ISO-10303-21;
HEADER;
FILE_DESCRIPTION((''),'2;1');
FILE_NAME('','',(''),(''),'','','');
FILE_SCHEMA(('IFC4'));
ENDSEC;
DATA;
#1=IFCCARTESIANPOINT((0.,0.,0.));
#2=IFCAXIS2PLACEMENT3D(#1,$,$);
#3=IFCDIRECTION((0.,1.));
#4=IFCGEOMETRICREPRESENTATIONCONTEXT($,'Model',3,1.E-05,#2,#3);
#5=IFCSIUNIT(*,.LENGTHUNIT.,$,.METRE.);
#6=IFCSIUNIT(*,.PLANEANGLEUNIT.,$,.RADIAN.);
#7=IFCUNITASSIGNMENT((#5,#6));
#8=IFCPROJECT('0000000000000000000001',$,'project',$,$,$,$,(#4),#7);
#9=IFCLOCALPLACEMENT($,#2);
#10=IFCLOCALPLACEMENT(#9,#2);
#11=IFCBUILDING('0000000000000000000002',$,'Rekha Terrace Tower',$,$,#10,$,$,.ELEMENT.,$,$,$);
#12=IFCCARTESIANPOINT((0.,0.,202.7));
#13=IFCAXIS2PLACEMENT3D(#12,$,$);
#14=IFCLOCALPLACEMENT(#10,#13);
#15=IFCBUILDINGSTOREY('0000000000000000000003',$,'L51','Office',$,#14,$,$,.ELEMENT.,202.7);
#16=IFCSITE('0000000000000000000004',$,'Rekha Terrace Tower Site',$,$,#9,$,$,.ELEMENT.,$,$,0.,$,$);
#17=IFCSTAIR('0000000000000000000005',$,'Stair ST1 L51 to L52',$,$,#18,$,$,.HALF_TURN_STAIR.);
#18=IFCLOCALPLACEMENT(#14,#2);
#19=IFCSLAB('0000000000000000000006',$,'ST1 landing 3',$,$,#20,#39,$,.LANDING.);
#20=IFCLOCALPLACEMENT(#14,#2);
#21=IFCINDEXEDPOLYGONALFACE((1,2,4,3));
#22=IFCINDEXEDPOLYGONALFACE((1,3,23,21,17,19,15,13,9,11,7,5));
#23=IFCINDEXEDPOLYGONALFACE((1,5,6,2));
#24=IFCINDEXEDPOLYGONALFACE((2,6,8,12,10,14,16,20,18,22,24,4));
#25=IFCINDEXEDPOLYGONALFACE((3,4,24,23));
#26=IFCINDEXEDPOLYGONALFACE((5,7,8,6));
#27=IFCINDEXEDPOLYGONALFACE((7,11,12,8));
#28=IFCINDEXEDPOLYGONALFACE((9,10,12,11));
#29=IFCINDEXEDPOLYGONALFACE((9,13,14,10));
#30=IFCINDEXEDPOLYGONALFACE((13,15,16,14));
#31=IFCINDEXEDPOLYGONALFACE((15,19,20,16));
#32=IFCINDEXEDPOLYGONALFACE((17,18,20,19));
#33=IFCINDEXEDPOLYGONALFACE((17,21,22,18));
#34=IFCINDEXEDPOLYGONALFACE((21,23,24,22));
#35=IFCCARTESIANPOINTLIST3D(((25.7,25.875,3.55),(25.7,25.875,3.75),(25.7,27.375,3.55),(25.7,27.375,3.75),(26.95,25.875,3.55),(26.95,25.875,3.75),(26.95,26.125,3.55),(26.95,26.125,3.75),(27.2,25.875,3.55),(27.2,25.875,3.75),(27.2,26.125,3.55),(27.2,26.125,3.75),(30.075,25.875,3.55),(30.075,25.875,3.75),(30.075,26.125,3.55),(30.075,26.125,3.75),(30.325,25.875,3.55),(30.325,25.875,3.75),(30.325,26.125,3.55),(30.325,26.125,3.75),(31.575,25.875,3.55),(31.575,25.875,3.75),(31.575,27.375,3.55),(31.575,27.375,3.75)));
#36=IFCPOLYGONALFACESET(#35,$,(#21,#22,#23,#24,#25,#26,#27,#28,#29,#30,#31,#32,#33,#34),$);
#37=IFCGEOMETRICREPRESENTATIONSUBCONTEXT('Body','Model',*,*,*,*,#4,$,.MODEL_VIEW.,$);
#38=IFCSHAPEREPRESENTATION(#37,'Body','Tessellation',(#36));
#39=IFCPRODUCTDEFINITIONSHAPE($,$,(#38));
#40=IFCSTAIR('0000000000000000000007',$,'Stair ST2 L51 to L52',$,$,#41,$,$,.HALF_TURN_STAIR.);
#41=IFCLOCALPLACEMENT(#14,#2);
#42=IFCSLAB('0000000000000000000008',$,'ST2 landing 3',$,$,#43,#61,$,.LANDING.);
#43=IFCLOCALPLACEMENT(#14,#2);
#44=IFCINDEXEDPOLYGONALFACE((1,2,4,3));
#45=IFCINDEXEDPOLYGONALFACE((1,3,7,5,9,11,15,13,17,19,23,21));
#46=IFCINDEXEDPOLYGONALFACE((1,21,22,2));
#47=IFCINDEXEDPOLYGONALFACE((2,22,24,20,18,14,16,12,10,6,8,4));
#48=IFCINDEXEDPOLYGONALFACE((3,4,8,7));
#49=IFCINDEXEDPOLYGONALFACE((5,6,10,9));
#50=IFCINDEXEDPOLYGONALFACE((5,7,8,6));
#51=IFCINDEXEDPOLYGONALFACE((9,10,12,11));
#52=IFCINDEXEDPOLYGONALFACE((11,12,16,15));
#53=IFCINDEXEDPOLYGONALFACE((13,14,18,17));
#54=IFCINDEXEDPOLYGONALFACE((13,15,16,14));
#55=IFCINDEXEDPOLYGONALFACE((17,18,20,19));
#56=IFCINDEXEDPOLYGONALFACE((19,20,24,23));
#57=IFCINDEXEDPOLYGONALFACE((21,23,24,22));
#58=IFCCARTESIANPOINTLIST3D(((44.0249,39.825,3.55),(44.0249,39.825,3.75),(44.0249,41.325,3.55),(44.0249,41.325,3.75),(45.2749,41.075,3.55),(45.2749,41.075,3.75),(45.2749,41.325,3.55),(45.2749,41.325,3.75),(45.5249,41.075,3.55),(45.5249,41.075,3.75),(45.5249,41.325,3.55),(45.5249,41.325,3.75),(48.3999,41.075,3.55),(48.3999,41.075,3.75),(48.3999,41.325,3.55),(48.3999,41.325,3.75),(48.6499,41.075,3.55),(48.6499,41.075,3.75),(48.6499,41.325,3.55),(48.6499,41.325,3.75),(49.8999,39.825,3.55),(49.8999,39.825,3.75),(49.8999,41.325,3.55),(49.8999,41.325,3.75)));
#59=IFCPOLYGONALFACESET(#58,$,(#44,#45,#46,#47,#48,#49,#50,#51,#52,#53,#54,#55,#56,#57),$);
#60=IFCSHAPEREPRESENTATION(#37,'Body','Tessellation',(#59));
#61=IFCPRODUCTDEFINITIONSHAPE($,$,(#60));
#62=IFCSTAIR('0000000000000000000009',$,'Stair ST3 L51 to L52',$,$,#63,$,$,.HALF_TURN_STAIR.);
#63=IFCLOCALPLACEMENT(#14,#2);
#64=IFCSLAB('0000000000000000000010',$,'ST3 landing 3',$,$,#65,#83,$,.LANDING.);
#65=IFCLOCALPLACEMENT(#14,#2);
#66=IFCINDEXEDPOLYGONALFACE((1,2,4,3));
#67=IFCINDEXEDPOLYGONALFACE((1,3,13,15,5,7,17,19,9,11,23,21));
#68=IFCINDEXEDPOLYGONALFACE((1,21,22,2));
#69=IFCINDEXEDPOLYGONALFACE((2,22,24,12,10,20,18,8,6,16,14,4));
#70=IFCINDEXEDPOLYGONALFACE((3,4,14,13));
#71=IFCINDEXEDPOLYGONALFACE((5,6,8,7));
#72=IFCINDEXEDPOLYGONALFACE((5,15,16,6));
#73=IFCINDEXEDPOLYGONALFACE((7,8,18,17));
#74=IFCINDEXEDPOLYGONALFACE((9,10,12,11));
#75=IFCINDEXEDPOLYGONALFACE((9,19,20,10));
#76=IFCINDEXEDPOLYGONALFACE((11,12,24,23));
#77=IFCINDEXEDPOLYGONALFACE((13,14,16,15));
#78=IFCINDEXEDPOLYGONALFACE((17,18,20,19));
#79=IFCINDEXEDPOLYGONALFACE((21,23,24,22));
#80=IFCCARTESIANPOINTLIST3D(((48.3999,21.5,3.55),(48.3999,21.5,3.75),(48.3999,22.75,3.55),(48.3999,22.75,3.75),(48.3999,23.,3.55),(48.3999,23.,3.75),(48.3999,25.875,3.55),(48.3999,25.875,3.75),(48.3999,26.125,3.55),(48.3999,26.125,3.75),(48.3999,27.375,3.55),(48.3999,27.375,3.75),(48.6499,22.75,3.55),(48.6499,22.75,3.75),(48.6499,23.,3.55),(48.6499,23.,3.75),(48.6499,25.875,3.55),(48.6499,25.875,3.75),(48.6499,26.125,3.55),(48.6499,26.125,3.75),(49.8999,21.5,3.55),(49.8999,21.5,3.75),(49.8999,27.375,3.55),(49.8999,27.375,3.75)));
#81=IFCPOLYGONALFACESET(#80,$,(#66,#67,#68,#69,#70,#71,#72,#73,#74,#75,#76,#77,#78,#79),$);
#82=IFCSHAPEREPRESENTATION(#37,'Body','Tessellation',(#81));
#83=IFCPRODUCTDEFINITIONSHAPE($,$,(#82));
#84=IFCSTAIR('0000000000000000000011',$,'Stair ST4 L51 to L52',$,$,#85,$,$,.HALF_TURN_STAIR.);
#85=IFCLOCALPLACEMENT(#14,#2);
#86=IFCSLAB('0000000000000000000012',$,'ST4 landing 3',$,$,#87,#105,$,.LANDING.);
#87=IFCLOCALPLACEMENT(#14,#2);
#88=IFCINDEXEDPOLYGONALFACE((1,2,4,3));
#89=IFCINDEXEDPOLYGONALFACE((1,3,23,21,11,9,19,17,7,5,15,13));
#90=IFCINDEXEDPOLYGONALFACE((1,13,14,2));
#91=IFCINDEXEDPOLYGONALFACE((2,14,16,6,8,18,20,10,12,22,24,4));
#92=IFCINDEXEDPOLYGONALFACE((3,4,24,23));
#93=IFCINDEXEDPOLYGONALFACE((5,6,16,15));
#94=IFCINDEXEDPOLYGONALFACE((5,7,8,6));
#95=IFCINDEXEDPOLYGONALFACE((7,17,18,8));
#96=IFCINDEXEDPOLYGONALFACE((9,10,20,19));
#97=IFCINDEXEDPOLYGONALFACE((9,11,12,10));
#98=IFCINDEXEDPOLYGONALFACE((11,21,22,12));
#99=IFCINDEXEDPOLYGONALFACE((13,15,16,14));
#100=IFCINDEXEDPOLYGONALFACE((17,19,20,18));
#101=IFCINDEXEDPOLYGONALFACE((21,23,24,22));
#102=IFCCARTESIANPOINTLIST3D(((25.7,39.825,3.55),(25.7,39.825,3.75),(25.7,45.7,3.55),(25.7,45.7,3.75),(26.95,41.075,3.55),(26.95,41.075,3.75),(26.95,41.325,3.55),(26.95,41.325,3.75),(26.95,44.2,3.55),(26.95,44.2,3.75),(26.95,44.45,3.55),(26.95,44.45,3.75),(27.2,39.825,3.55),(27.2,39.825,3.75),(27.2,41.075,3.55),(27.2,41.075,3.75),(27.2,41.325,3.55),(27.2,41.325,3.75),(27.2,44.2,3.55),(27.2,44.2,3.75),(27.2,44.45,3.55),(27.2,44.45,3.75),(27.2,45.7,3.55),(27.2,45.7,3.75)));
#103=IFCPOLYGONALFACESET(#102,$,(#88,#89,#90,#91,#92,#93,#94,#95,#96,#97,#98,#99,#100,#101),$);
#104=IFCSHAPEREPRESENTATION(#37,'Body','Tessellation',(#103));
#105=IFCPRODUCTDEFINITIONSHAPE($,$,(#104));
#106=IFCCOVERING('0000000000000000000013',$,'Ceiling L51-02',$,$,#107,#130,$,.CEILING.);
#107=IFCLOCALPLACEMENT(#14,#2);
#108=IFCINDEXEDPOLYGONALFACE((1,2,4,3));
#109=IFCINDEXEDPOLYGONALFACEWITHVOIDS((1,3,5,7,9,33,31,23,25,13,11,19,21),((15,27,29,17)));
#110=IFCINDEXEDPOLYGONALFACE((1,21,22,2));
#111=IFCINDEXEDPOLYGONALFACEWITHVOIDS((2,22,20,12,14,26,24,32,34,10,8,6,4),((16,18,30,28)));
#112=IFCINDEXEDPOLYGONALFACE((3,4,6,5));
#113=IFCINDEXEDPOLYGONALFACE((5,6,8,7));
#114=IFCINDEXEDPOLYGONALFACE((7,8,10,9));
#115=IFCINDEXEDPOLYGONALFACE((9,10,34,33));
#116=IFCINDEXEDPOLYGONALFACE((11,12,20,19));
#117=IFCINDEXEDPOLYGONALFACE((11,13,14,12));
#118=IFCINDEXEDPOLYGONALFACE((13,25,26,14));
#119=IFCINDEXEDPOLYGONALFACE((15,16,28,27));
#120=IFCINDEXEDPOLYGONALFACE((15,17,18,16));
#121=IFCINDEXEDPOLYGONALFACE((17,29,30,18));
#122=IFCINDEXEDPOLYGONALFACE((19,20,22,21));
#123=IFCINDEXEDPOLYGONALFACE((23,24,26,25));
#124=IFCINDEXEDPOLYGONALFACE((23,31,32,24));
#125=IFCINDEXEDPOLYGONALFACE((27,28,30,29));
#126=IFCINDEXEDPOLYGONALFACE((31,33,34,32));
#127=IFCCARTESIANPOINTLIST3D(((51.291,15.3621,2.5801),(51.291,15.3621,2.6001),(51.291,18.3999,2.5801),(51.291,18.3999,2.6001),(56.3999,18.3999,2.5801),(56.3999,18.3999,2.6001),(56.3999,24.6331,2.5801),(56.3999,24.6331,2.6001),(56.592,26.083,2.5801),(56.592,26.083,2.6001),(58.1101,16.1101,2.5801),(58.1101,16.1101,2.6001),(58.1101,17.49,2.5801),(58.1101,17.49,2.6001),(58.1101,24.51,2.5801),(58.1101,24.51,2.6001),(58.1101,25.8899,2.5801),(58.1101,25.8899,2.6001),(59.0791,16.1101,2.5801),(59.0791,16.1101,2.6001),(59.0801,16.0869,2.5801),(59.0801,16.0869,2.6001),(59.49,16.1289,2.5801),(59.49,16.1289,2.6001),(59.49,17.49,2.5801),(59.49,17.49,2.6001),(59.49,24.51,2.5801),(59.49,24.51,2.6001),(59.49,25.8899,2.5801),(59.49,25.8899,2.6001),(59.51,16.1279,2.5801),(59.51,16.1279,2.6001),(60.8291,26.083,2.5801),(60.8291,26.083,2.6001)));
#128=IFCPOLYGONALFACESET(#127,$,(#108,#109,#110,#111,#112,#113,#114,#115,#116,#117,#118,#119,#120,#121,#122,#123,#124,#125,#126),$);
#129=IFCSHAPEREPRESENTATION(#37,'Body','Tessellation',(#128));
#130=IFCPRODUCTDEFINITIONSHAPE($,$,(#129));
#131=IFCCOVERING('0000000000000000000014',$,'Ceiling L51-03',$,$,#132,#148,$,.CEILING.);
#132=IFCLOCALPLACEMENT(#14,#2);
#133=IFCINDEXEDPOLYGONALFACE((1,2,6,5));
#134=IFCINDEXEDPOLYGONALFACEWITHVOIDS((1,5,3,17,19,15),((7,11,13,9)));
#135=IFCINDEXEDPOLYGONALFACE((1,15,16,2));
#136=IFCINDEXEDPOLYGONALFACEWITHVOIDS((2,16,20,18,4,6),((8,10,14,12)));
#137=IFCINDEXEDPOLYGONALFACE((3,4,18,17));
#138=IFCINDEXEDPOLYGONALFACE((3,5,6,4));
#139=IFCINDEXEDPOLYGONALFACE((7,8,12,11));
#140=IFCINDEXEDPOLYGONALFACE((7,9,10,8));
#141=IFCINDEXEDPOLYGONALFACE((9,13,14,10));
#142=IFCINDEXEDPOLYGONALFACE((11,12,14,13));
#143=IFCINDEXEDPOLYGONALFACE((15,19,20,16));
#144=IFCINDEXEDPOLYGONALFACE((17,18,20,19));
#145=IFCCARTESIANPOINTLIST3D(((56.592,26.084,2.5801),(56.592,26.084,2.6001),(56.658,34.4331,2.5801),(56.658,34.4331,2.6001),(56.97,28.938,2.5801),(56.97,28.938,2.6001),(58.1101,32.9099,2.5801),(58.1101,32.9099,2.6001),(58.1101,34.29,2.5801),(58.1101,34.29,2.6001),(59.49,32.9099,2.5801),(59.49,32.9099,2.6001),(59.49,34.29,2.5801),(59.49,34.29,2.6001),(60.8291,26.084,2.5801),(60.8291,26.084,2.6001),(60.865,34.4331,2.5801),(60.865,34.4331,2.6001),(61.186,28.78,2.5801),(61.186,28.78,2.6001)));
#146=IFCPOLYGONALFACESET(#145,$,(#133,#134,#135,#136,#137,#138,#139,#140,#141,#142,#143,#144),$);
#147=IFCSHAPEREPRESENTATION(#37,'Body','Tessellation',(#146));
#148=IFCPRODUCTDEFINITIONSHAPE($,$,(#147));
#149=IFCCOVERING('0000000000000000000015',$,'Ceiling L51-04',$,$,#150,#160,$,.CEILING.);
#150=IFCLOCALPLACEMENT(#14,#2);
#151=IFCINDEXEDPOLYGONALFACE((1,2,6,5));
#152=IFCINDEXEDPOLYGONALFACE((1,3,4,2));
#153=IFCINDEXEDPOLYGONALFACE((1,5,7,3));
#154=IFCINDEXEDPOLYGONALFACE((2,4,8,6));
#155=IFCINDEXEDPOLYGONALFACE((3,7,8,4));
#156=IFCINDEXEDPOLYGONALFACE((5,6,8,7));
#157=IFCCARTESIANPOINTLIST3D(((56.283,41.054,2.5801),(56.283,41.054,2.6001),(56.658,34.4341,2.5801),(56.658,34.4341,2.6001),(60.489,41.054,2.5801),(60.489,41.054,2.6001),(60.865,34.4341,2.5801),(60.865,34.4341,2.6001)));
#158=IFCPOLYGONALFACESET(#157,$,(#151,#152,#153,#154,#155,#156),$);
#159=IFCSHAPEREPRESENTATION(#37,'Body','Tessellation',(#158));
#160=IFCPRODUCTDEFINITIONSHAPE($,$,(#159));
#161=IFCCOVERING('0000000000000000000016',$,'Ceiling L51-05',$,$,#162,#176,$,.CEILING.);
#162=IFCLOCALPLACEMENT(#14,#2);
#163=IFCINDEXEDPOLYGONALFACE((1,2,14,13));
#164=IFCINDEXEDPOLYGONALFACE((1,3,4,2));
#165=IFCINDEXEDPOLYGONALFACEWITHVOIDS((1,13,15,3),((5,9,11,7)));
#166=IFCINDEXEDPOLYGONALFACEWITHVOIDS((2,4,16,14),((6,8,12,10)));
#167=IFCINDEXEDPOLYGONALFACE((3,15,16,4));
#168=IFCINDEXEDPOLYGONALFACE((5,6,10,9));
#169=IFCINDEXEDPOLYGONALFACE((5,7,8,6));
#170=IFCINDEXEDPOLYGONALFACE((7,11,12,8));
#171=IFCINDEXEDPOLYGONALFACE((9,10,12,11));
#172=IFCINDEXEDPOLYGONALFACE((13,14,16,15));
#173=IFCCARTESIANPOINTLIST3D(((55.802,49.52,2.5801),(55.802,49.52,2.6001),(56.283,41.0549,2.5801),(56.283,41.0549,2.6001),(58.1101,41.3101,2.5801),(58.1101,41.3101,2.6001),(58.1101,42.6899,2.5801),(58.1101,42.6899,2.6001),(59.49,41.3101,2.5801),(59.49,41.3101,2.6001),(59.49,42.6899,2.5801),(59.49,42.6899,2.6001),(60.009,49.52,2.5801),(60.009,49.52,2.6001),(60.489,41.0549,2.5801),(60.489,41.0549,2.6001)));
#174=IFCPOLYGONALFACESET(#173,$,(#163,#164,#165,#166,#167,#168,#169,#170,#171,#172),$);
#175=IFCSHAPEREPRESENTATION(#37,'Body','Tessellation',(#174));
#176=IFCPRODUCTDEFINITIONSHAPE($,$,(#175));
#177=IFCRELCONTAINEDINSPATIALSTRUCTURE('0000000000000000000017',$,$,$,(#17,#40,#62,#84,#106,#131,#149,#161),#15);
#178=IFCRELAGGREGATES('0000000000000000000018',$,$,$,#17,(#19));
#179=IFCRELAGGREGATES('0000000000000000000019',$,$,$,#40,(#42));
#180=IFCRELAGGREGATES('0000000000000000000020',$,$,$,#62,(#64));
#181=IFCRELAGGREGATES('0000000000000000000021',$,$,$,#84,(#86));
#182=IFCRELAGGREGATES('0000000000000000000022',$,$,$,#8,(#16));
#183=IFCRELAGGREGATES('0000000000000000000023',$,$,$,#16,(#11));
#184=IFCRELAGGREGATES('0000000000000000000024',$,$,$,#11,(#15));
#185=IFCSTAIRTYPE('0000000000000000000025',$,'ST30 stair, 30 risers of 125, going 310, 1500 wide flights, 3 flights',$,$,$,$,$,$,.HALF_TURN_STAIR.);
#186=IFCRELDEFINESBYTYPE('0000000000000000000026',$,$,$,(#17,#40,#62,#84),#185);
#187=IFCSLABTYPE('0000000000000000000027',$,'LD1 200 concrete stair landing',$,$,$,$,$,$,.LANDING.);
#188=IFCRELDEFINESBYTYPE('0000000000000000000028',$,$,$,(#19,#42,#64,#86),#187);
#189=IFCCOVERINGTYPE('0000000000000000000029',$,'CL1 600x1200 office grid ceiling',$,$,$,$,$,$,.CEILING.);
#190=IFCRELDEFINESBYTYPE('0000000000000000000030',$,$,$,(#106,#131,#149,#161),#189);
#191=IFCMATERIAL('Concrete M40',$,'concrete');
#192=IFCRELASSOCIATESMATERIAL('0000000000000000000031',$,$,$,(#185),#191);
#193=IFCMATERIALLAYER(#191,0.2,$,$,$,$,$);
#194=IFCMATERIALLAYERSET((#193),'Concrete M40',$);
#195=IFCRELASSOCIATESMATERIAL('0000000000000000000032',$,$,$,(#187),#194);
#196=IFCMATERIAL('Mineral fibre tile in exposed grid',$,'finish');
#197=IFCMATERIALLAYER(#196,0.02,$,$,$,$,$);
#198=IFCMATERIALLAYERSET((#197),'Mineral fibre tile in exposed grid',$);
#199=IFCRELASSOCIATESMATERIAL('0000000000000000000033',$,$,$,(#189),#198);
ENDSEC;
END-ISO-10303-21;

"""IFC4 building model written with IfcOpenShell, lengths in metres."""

from ifc_helpers import new_model, si_unit, direction, frame, origin, place, context, subcontext, project, spatial, polyline, outline, extrude, material, layer, layer_set, type_object, element, aggregate, save


model = new_model("IFC4")

# Units and contexts
model_context = context("Model", 3, precision=1e-05, world=origin(), true_north=direction((0.0, 1.0)))
body_context = subcontext(model_context, "Body", "Model", "MODEL_VIEW")
ifc_project = project(units=[si_unit("LENGTHUNIT", "METRE"), si_unit("PLANEANGLEUNIT", "RADIAN")], contexts=[model_context])

# Site, building, storey
site_placement = place(None, origin())
site = spatial("IfcSite", under=ifc_project, at=site_placement, Name="Rekha Terrace Tower Site", CompositionType="ELEMENT", RefElevation=0.0)
building_placement = place(site_placement, origin())
building = spatial("IfcBuilding", under=site, at=building_placement, Name="Rekha Terrace Tower", CompositionType="ELEMENT")
storey_placement = place(building_placement, frame((0.0, 0.0, 202.7)))
storey = spatial("IfcBuildingStorey", under=building, at=storey_placement, Name="L51", Description="Office", CompositionType="ELEMENT", Elevation=202.7)

# Stairs, slabs
ifc_material_1 = material(Name="Concrete M40", Category="concrete")
stair_type = type_object("IfcStairType", Name="ST30 stair, 30 risers of 125, going 310, 1500 wide flights, 3 flights", PredefinedType="HALF_TURN_STAIR", material=ifc_material_1)
stair_1_placement = place(storey_placement, origin())
stair_1 = element("IfcStair", 1, at=stair_1_placement, inside=storey, type_object=stair_type, Name="Stair ST1 L51 to L52", PredefinedType="HALF_TURN_STAIR")
ifc_layer_1 = layer(ifc_material_1, 0.2)
ifc_layer_set_1 = layer_set([ifc_layer_1], Name="Concrete M40")
slab_type = type_object("IfcSlabType", Name="LD1 200 concrete stair landing", PredefinedType="LANDING", material=ifc_layer_set_1)
slab_1_placement = place(storey_placement, frame((0.0, 0.0, 3.55)))
slab_1 = element("IfcSlab", 2, at=slab_1_placement, type_object=slab_type, Name="ST1 landing 3", PredefinedType="LANDING", context=body_context, shape_type="SweptSolid", body=[
    extrude(outline(polyline([(31.575, 25.875), (31.575, 27.375), (25.7, 27.375), (25.7, 25.875), (26.95, 25.875), (26.95, 26.125), (27.2, 26.125), (27.2, 25.875), (30.075, 25.875), (30.075, 26.125), (30.325, 26.125), (30.325, 25.875), (31.575, 25.875)])), origin(), (0.0, 0.0, 1.0), 0.2),
])
aggregate(stair_1, [slab_1])
stair_2_placement = place(storey_placement, origin())
stair_2 = element("IfcStair", 3, at=stair_2_placement, inside=storey, type_object=stair_type, Name="Stair ST2 L51 to L52", PredefinedType="HALF_TURN_STAIR")
slab_2_placement = place(storey_placement, frame((0.0, 0.0, 3.55)))
slab_2 = element("IfcSlab", 4, at=slab_2_placement, type_object=slab_type, Name="ST2 landing 3", PredefinedType="LANDING", context=body_context, shape_type="SweptSolid", body=[
    extrude(outline(polyline([(44.0249, 41.325), (44.0249, 39.825), (49.8999, 39.825), (49.8999, 41.325), (48.6499, 41.325), (48.6499, 41.075), (48.3999, 41.075), (48.3999, 41.325), (45.5249, 41.325), (45.5249, 41.075), (45.2749, 41.075), (45.2749, 41.325), (44.0249, 41.325)])), origin(), (0.0, 0.0, 1.0), 0.2),
])
aggregate(stair_2, [slab_2])
stair_3_placement = place(storey_placement, origin())
stair_3 = element("IfcStair", 5, at=stair_3_placement, inside=storey, type_object=stair_type, Name="Stair ST3 L51 to L52", PredefinedType="HALF_TURN_STAIR")
slab_3_placement = place(storey_placement, frame((0.0, 0.0, 3.55)))
slab_3 = element("IfcSlab", 6, at=slab_3_placement, type_object=slab_type, Name="ST3 landing 3", PredefinedType="LANDING", context=body_context, shape_type="SweptSolid", body=[
    extrude(outline(polyline([(48.3999, 21.5), (49.8999, 21.5), (49.8999, 27.375), (48.3999, 27.375), (48.3999, 26.125), (48.6499, 26.125), (48.6499, 25.875), (48.3999, 25.875), (48.3999, 23.0), (48.6499, 23.0), (48.6499, 22.75), (48.3999, 22.75), (48.3999, 21.5)])), origin(), (0.0, 0.0, 1.0), 0.2),
])
aggregate(stair_3, [slab_3])
stair_4_placement = place(storey_placement, origin())
stair_4 = element("IfcStair", 7, at=stair_4_placement, inside=storey, type_object=stair_type, Name="Stair ST4 L51 to L52", PredefinedType="HALF_TURN_STAIR")
slab_4_placement = place(storey_placement, frame((0.0, 0.0, 3.55)))
slab_4 = element("IfcSlab", 8, at=slab_4_placement, type_object=slab_type, Name="ST4 landing 3", PredefinedType="LANDING", context=body_context, shape_type="SweptSolid", body=[
    extrude(outline(polyline([(27.2, 39.825), (25.7, 39.825), (25.7, 45.7), (27.2, 45.7), (27.2, 44.45), (26.95, 44.45), (26.95, 44.2), (27.2, 44.2), (27.2, 41.325), (26.95, 41.325), (26.95, 41.075), (27.2, 41.075), (27.2, 39.825)])), origin(), (0.0, 0.0, 1.0), 0.2),
])
aggregate(stair_4, [slab_4])

# Coverings
ifc_material_2 = material(Name="Mineral fibre tile in exposed grid", Category="finish")
ifc_layer_2 = layer(ifc_material_2, 0.02)
ifc_layer_set_2 = layer_set([ifc_layer_2], Name="Mineral fibre tile in exposed grid")
covering_type_1 = type_object("IfcCoveringType", Name="CL1 600x1200 office grid ceiling", PredefinedType="CEILING", material=ifc_layer_set_2)
covering_1_placement = place(storey_placement, frame((0.0, 0.0, 2.5801)))
element("IfcCovering", 9, at=covering_1_placement, inside=storey, type_object=covering_type_1, Name="Ceiling L51-02", PredefinedType="CEILING", context=body_context, shape_type="SweptSolid", body=[
    extrude(outline(polyline([(56.3999, 18.3999), (51.291, 18.3999), (51.291, 15.3621), (59.0801, 16.0869), (59.0791, 16.1101), (58.1101, 16.1101), (58.1101, 17.49), (59.49, 17.49), (59.49, 16.1289), (59.51, 16.1279), (60.8291, 26.083), (56.592, 26.083), (56.3999, 24.6331), (56.3999, 18.3999)]), holes=[polyline([(59.49, 24.51), (58.1101, 24.51), (58.1101, 25.8899), (59.49, 25.8899), (59.49, 24.51)])]), origin(), (0.0, 0.0, 1.0), 0.02),
])
covering_2_placement = place(storey_placement, frame((0.0, 0.0, 2.5801)))
element("IfcCovering", 10, at=covering_2_placement, inside=storey, type_object=covering_type_1, Name="Ceiling L51-03", PredefinedType="CEILING", context=body_context, shape_type="SweptSolid", body=[
    extrude(outline(polyline([(56.658, 34.4331), (56.97, 28.938), (56.592, 26.084), (60.8291, 26.084), (61.186, 28.78), (60.865, 34.4331), (56.658, 34.4331)]), holes=[polyline([(59.49, 34.29), (59.49, 32.9099), (58.1101, 32.9099), (58.1101, 34.29), (59.49, 34.29)])]), origin(), (0.0, 0.0, 1.0), 0.02),
])
covering_3_placement = place(storey_placement, frame((0.0, 0.0, 2.5801)))
element("IfcCovering", 11, at=covering_3_placement, inside=storey, type_object=covering_type_1, Name="Ceiling L51-04", PredefinedType="CEILING", context=body_context, shape_type="SweptSolid", body=[
    extrude(outline(polyline([(56.658, 34.4341), (60.865, 34.4341), (60.489, 41.054), (56.283, 41.054), (56.658, 34.4341)])), origin(), (0.0, 0.0, 1.0), 0.02),
])
covering_4_placement = place(storey_placement, frame((0.0, 0.0, 2.5801)))
element("IfcCovering", 12, at=covering_4_placement, inside=storey, type_object=covering_type_1, Name="Ceiling L51-05", PredefinedType="CEILING", context=body_context, shape_type="SweptSolid", body=[
    extrude(outline(polyline([(56.283, 41.0549), (60.489, 41.0549), (60.009, 49.52), (55.802, 49.52), (56.283, 41.0549)]), holes=[polyline([(59.49, 41.3101), (58.1101, 41.3101), (58.1101, 42.6899), (59.49, 42.6899), (59.49, 41.3101)])]), origin(), (0.0, 0.0, 1.0), 0.02),
])

save(model, "model.ifc")
